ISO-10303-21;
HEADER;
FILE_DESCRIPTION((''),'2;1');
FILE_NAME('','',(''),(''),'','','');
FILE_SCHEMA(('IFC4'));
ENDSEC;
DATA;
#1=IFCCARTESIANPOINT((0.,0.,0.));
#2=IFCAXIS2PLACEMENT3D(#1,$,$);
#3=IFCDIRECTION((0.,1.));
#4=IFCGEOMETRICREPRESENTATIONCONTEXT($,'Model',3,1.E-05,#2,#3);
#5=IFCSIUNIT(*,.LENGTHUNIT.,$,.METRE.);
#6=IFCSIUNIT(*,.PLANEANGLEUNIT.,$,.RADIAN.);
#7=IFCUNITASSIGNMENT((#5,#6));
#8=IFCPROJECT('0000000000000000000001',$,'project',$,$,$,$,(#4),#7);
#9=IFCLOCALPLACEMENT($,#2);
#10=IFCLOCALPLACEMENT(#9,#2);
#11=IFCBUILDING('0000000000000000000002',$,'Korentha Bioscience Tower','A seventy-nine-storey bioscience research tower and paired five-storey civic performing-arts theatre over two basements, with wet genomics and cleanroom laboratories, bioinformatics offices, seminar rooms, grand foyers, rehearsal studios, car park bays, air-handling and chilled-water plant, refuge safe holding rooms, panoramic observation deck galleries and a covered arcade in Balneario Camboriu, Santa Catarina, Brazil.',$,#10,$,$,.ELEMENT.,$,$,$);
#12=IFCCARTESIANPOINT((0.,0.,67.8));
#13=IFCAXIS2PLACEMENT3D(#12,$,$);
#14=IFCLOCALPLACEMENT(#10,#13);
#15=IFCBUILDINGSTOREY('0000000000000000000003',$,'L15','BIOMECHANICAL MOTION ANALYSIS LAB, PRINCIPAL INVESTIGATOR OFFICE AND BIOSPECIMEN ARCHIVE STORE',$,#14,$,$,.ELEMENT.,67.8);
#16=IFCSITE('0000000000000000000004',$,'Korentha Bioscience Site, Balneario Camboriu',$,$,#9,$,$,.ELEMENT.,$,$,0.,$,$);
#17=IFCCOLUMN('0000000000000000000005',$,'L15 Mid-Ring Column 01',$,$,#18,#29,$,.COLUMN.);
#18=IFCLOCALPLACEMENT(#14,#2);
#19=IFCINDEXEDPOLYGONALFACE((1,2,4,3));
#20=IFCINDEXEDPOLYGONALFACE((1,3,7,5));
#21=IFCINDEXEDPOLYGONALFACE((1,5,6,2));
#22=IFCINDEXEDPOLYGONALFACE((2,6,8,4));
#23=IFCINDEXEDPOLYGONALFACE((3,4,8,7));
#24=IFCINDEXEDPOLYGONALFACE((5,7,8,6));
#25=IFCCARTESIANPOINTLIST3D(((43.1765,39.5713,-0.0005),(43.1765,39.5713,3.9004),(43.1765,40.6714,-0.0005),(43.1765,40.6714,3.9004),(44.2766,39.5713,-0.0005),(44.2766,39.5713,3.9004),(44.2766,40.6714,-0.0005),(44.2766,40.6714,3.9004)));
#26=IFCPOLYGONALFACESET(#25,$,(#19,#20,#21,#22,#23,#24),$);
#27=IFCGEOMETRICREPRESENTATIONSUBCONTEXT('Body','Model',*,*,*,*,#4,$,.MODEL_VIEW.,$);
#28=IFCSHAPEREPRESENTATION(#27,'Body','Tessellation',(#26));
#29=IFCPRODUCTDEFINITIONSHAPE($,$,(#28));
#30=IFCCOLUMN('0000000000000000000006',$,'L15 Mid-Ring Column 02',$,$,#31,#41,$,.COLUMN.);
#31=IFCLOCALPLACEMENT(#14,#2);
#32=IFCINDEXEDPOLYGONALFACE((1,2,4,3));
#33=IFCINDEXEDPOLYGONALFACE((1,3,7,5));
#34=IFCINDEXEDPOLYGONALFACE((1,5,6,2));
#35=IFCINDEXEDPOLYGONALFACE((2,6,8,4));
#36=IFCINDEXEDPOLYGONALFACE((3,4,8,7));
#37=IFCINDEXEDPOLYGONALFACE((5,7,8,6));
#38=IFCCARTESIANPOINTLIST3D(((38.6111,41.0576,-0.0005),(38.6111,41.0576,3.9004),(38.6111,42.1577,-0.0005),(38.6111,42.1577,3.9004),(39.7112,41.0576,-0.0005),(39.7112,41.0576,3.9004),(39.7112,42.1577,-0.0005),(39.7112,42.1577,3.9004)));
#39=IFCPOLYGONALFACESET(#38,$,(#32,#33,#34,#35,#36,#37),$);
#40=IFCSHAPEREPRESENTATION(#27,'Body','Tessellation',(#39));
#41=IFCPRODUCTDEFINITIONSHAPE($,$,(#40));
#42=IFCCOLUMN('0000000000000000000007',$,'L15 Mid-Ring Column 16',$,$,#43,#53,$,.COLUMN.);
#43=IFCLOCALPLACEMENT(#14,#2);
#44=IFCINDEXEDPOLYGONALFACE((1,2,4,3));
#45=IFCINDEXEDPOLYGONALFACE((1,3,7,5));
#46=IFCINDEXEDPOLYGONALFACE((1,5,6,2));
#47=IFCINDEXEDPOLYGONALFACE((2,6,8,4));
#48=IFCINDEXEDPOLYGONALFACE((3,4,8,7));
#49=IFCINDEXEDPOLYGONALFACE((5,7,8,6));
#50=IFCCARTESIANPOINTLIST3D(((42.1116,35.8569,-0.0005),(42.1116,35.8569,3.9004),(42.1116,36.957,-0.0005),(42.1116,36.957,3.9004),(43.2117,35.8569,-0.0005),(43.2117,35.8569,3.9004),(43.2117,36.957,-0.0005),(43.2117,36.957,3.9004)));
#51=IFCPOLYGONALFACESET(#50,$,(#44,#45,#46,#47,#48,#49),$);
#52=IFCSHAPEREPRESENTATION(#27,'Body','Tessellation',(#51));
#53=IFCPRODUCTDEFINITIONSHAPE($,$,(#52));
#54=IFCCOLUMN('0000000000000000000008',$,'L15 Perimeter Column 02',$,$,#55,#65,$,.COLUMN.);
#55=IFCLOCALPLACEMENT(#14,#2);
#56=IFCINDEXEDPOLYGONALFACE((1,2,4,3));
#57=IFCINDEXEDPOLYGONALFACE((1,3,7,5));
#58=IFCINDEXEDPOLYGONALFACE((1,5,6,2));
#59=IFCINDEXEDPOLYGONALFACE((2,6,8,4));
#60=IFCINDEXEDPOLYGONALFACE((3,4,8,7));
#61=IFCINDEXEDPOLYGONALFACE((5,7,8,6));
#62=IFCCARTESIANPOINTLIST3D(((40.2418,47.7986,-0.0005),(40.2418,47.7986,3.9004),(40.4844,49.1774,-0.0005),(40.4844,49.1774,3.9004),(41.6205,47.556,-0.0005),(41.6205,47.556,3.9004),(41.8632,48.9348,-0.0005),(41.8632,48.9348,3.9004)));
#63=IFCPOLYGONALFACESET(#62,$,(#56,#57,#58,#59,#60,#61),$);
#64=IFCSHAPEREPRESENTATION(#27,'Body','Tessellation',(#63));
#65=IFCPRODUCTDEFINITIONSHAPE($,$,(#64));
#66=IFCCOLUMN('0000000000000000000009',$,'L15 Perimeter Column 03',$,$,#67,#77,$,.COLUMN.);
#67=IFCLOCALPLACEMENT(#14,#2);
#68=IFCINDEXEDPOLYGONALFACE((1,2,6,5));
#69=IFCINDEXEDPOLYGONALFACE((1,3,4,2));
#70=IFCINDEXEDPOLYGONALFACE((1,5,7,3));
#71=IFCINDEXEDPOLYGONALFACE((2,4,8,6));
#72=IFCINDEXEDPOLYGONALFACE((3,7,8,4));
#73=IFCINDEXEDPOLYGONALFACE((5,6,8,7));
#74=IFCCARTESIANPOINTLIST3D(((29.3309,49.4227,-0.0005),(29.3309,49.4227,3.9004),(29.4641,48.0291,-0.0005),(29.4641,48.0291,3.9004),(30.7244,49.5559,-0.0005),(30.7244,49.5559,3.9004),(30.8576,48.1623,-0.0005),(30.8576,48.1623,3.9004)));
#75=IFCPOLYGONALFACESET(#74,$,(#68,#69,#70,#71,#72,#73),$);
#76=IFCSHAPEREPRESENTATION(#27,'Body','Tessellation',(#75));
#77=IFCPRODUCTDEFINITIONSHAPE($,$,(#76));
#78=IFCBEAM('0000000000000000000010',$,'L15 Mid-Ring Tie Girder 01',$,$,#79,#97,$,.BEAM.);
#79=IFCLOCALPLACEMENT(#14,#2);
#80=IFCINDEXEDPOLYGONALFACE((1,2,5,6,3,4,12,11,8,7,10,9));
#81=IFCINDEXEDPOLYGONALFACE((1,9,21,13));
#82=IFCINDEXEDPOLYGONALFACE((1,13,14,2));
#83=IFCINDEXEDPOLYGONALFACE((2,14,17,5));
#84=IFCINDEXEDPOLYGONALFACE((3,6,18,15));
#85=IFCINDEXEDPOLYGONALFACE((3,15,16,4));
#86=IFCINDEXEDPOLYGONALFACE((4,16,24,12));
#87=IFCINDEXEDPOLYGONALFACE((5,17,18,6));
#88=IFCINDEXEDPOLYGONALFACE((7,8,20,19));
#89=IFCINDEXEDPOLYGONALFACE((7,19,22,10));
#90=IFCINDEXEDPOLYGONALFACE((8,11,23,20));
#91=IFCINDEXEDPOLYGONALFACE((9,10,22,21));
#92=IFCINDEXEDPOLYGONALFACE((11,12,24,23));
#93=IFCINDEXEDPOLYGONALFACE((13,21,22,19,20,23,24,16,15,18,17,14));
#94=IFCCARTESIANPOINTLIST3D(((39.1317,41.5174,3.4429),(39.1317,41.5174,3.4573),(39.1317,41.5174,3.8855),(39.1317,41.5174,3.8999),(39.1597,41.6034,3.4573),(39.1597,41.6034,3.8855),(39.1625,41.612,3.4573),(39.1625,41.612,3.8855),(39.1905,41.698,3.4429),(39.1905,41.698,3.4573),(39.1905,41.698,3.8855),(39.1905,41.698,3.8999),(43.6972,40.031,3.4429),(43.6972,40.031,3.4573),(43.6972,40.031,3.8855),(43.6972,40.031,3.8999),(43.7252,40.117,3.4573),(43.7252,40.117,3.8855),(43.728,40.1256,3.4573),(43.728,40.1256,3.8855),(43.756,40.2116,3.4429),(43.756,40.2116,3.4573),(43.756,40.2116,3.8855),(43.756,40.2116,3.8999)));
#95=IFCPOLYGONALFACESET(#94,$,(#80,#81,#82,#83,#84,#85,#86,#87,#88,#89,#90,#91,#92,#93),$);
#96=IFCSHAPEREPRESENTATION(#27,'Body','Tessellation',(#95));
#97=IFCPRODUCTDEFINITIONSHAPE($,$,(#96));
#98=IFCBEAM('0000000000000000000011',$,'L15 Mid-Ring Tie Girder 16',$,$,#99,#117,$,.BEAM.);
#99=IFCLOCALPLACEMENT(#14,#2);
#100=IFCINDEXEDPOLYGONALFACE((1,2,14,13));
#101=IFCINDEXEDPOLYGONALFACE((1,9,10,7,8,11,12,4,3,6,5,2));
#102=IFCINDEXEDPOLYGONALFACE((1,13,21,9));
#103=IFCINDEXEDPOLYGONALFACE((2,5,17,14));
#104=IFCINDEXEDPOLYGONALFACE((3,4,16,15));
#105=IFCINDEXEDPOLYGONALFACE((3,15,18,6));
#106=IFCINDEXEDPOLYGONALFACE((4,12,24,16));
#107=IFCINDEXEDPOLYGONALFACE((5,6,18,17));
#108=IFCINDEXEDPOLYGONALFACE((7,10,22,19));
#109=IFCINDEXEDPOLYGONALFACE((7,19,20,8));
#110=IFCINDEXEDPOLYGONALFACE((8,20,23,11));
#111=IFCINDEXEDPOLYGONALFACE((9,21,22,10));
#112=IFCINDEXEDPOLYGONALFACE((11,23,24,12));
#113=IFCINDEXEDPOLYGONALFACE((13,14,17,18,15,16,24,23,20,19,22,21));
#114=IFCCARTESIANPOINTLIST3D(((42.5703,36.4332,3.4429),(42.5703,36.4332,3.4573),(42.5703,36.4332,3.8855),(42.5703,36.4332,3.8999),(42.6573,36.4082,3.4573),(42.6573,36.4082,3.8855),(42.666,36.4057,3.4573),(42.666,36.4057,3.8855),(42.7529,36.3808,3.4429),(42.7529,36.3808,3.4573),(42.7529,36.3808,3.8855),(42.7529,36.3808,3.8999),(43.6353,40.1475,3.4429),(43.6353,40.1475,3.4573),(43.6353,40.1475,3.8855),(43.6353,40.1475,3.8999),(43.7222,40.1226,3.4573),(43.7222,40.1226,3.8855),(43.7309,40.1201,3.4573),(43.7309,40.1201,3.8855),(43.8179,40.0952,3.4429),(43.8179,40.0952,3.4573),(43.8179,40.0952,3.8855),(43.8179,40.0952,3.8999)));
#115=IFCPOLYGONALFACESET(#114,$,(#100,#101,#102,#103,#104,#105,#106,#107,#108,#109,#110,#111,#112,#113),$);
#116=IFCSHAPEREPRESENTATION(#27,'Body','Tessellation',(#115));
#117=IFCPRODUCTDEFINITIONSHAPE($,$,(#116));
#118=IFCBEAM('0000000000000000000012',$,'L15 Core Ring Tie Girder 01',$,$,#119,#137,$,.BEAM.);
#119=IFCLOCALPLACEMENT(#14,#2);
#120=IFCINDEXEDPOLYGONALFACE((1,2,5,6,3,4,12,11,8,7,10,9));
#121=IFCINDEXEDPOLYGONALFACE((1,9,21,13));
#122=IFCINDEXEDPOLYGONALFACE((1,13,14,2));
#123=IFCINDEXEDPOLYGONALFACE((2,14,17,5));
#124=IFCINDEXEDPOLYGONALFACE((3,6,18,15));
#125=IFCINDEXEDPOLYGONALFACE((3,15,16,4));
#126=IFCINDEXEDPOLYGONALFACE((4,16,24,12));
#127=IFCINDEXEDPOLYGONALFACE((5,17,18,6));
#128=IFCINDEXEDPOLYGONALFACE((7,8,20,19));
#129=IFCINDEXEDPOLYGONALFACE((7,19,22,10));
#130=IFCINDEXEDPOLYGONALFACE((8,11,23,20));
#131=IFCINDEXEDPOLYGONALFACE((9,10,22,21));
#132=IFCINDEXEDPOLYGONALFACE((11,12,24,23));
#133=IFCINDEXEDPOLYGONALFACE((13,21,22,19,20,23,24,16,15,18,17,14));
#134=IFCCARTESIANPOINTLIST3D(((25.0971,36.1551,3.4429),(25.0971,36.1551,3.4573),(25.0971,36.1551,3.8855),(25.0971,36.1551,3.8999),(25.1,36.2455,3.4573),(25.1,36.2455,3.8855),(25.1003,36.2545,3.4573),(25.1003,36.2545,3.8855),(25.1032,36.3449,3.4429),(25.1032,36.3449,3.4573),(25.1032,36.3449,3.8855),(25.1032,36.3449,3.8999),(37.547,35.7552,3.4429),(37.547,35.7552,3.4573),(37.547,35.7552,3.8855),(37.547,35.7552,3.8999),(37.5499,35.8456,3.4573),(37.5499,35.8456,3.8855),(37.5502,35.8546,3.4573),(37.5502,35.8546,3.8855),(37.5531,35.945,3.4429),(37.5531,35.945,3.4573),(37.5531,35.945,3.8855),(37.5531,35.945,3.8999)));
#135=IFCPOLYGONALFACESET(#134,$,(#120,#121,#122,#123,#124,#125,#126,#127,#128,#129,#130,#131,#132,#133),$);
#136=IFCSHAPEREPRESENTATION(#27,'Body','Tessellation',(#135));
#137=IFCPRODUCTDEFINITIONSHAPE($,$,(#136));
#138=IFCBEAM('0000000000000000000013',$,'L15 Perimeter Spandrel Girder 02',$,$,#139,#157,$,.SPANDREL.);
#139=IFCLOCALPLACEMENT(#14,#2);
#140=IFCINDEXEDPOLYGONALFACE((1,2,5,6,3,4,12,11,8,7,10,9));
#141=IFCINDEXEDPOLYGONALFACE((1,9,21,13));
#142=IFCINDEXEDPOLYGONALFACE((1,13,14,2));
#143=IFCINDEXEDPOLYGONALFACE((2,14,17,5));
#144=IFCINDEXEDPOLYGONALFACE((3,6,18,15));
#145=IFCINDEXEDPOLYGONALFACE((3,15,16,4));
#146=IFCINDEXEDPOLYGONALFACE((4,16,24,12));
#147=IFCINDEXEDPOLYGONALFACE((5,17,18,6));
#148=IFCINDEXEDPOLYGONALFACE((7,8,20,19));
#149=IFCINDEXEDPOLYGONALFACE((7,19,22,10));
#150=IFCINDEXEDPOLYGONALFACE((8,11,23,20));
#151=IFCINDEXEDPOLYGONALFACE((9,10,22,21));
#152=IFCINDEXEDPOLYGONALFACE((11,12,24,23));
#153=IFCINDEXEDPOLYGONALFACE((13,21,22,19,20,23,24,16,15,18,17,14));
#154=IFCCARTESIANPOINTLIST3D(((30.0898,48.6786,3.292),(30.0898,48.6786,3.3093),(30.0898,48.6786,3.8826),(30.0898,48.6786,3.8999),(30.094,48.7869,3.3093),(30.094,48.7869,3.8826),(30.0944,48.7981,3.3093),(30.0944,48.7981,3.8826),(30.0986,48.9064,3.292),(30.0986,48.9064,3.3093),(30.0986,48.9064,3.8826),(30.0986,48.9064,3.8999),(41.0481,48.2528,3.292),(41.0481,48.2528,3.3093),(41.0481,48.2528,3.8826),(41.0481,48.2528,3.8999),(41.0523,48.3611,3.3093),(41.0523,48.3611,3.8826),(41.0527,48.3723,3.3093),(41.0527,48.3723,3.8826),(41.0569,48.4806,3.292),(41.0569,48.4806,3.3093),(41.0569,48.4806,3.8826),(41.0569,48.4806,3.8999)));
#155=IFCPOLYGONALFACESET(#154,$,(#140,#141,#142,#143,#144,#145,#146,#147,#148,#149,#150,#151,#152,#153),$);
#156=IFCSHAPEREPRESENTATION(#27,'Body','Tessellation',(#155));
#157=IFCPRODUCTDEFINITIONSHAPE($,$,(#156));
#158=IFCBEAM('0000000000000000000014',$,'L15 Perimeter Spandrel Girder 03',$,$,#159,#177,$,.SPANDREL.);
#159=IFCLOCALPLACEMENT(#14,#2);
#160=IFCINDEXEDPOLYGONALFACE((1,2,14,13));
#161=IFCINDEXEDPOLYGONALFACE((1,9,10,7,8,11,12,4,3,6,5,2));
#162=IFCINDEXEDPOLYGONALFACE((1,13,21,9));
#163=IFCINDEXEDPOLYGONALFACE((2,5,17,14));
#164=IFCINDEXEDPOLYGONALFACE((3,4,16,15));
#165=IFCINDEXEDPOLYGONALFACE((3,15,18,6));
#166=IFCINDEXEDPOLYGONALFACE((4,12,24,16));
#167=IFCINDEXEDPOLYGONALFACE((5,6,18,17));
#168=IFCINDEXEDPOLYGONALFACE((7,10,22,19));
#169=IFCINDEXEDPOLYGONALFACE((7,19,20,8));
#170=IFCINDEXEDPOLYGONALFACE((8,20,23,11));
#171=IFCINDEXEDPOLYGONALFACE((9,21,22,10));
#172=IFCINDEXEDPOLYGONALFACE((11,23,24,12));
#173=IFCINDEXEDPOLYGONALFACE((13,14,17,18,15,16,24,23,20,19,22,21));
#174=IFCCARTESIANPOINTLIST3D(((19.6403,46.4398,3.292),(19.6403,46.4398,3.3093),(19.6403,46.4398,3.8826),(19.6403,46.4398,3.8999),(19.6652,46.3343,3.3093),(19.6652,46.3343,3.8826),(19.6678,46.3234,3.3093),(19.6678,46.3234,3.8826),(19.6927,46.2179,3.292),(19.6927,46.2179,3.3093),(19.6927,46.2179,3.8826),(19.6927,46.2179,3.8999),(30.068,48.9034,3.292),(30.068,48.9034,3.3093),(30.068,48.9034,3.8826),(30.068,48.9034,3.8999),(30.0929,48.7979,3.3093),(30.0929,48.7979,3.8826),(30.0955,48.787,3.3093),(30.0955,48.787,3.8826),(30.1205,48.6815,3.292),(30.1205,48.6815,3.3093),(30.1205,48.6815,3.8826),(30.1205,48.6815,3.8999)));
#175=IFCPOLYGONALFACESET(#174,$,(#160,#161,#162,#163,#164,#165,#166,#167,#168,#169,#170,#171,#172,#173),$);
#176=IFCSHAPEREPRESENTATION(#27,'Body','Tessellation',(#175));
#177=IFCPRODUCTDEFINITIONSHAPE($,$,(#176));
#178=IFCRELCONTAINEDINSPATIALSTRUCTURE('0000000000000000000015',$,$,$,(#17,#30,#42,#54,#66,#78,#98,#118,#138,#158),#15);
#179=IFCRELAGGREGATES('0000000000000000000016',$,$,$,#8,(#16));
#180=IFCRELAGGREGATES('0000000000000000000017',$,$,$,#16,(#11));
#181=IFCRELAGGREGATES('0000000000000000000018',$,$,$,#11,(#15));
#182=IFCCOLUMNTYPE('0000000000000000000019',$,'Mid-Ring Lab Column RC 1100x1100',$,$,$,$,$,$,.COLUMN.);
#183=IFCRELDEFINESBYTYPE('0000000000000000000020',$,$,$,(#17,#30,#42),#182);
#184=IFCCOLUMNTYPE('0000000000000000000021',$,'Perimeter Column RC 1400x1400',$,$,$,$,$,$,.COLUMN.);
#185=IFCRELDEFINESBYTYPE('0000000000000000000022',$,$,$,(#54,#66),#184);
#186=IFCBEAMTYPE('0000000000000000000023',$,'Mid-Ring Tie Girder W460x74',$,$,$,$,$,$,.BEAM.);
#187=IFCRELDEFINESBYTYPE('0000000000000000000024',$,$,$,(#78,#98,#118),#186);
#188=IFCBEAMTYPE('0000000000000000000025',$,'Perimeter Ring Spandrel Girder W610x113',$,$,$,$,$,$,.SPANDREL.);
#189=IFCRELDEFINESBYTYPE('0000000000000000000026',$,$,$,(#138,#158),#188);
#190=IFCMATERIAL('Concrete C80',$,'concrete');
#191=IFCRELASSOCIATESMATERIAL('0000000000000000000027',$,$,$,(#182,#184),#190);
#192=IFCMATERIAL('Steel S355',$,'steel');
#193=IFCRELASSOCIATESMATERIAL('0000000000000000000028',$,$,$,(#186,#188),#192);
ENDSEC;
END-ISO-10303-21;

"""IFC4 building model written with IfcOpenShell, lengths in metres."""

from ifc_helpers import new_model, si_unit, direction, frame, origin, origin_2d, place, context, subcontext, project, spatial, rectangle, i_section, extrude, material, material_profile, profile_set, type_object, element, save


model = new_model("IFC4")

# Units and contexts
model_context = context("Model", 3, precision=1e-05, world=origin(), true_north=direction((0.0, 1.0)))
body_context = subcontext(model_context, "Body", "Model", "MODEL_VIEW")
ifc_project = project(units=[si_unit("LENGTHUNIT", "METRE"), si_unit("PLANEANGLEUNIT", "RADIAN")], contexts=[model_context])

# Site, building, storey
site_placement = place(None, origin())
site = spatial("IfcSite", under=ifc_project, at=site_placement, Name="Korentha Bioscience Site, Balneario Camboriu", CompositionType="ELEMENT", RefElevation=0.0)
building_placement = place(site_placement, origin())
building = spatial("IfcBuilding", under=site, at=building_placement, Name="Korentha Bioscience Tower", Description="A seventy-nine-storey bioscience research tower and paired five-storey civic performing-arts theatre over two basements, with wet genomics and cleanroom laboratories, bioinformatics offices, seminar rooms, grand foyers, rehearsal studios, car park bays, air-handling and chilled-water plant, refuge safe holding rooms, panoramic observation deck galleries and a covered arcade in Balneario Camboriu, Santa Catarina, Brazil.", CompositionType="ELEMENT")
storey_placement = place(building_placement, frame((0.0, 0.0, 67.8)))
storey = spatial("IfcBuildingStorey", under=building, at=storey_placement, Name="L15", Description="BIOMECHANICAL MOTION ANALYSIS LAB, PRINCIPAL INVESTIGATOR OFFICE AND BIOSPECIMEN ARCHIVE STORE", CompositionType="ELEMENT", Elevation=67.8)

# Columns
ifc_material_1 = material(Name="Concrete C80", Category="concrete")
ifc_material_profile_1 = material_profile(ifc_material_1, rectangle(XDim=1.1001, YDim=1.1001, at=origin_2d()), Name="Concrete C80")
ifc_profile_set_1 = profile_set([ifc_material_profile_1], Name="Concrete C80 (COL-MR11)")
column_type_1 = type_object("IfcColumnType", Name="Mid-Ring Lab Column RC 1100x1100", PredefinedType="COLUMN", material=ifc_profile_set_1)
for number, where, z_axis, x_axis, name in (
    (1, (43.7266, 40.1213, -0.0005), (0.0, 0.0, 1.0), (1.0, 0.0, 0.0), "L15 Mid-Ring Column 01"),
    (2, (39.1611, 41.6077, -0.0005), (0.0, 0.0, 1.0), (1.0, 0.0, 0.0), "L15 Mid-Ring Column 02"),
    (3, (42.6616, 36.407, -0.0005), (0.0, 0.0, 1.0), (1.0, 0.0, 0.0), "L15 Mid-Ring Column 16"),
):
    element("IfcColumn", number, at=place(storey_placement, frame(where, z_axis=z_axis, x_axis=x_axis)), inside=storey, type_object=column_type_1, Name=name, PredefinedType="COLUMN", context=body_context, shape_type="SweptSolid", body=[
        extrude(rectangle(XDim=1.1001, YDim=1.1001, at=origin_2d()), origin(), (0.0, 0.0, 1.0), 3.9009),
    ])
ifc_material_profile_2 = material_profile(ifc_material_1, rectangle(XDim=1.3999, YDim=1.3999, at=origin_2d()), Name="Concrete C80")
ifc_profile_set_2 = profile_set([ifc_material_profile_2], Name="Concrete C80 (COL-P14)")
column_type_2 = type_object("IfcColumnType", Name="Perimeter Column RC 1400x1400", PredefinedType="COLUMN", material=ifc_profile_set_2)
for number, where, z_axis, x_axis, name in (
    (4, (41.0525, 48.3667, -0.0005), (0.0, 0.0, 1.0), (-0.984868, 0.173304, 0.0), "L15 Perimeter Column 02"),
    (5, (30.0942, 48.7925, -0.0005), (0.0, 0.0, 1.0), (0.995463, 0.095151, 0.0), "L15 Perimeter Column 03"),
):
    element("IfcColumn", number, at=place(storey_placement, frame(where, z_axis=z_axis, x_axis=x_axis)), inside=storey, type_object=column_type_2, Name=name, PredefinedType="COLUMN", context=body_context, shape_type="SweptSolid", body=[
        extrude(rectangle(XDim=1.3999, YDim=1.3999, at=origin_2d()), origin(), (0.0, 0.0, 1.0), 3.9009),
    ])

# Beams
ifc_material_2 = material(Name="Steel S355", Category="steel")
ifc_material_profile_3 = material_profile(ifc_material_2, i_section(OverallWidth=0.1899, OverallDepth=0.457, WebThickness=0.009, FlangeThickness=0.0144, at=origin_2d()), Name="Steel S355")
ifc_profile_set_3 = profile_set([ifc_material_profile_3], Name="Steel S355 (MB-460)")
beam_type_1 = type_object("IfcBeamType", Name="Mid-Ring Tie Girder W460x74", PredefinedType="BEAM", material=ifc_profile_set_3)
beam_1_placement = place(storey_placement, frame((43.7266, 40.1213, 3.6714), z_axis=(-0.950877, 0.309569, 0.0), x_axis=(-0.309569, -0.950877, 0.0)))
element("IfcBeam", 6, at=beam_1_placement, inside=storey, type_object=beam_type_1, Name="L15 Mid-Ring Tie Girder 01", PredefinedType="BEAM", context=body_context, shape_type="SweptSolid", body=[
    extrude(i_section(OverallWidth=0.1899, OverallDepth=0.457, WebThickness=0.009, FlangeThickness=0.0144, at=origin_2d()), origin(), (0.0, 0.0, 1.0), 4.8013),
])
beam_2_placement = place(storey_placement, frame((42.6616, 36.407, 3.6714), z_axis=(0.275606, 0.961271, 0.0), x_axis=(-0.961271, 0.275606, 0.0)))
element("IfcBeam", 7, at=beam_2_placement, inside=storey, type_object=beam_type_1, Name="L15 Mid-Ring Tie Girder 16", PredefinedType="BEAM", context=body_context, shape_type="SweptSolid", body=[
    extrude(i_section(OverallWidth=0.1899, OverallDepth=0.457, WebThickness=0.009, FlangeThickness=0.0144, at=origin_2d()), origin(), (0.0, 0.0, 1.0), 3.864),
])
beam_3_placement = place(storey_placement, frame((37.55, 35.8501, 3.6714), z_axis=(-0.999485, 0.032104, 0.0), x_axis=(-0.032104, -0.999485, 0.0)))
element("IfcBeam", 8, at=beam_3_placement, inside=storey, type_object=beam_type_1, Name="L15 Core Ring Tie Girder 01", PredefinedType="BEAM", context=body_context, shape_type="SweptSolid", body=[
    extrude(i_section(OverallWidth=0.1899, OverallDepth=0.457, WebThickness=0.009, FlangeThickness=0.0144, at=origin_2d()), origin(), (0.0, 0.0, 1.0), 12.4563),
])
ifc_material_profile_4 = material_profile(ifc_material_2, i_section(OverallWidth=0.228, OverallDepth=0.6079, WebThickness=0.0112, FlangeThickness=0.0173, at=origin_2d()), Name="Steel S355")
ifc_profile_set_4 = profile_set([ifc_material_profile_4], Name="Steel S355 (SB-610)")
beam_type_2 = type_object("IfcBeamType", Name="Perimeter Ring Spandrel Girder W610x113", PredefinedType="SPANDREL", material=ifc_profile_set_4)
beam_4_placement = place(storey_placement, frame((41.0525, 48.3667, 3.5959), z_axis=(-0.999246, 0.038826, 0.0), x_axis=(-0.038826, -0.999246, 0.0)))
element("IfcBeam", 9, at=beam_4_placement, inside=storey, type_object=beam_type_2, Name="L15 Perimeter Spandrel Girder 02", PredefinedType="SPANDREL", context=body_context, shape_type="SweptSolid", body=[
    extrude(i_section(OverallWidth=0.228, OverallDepth=0.6079, WebThickness=0.0112, FlangeThickness=0.0173, at=origin_2d()), origin(), (0.0, 0.0, 1.0), 10.9666),
])
beam_5_placement = place(storey_placement, frame((30.0942, 48.7925, 3.5959), z_axis=(-0.973208, -0.229927, 0.0), x_axis=(0.229927, -0.973208, 0.0)))
element("IfcBeam", 10, at=beam_5_placement, inside=storey, type_object=beam_type_2, Name="L15 Perimeter Spandrel Girder 03", PredefinedType="SPANDREL", context=body_context, shape_type="SweptSolid", body=[
    extrude(i_section(OverallWidth=0.228, OverallDepth=0.6079, WebThickness=0.0112, FlangeThickness=0.0173, at=origin_2d()), origin(), (0.0, 0.0, 1.0), 10.7148),
])

save(model, "model.ifc")
